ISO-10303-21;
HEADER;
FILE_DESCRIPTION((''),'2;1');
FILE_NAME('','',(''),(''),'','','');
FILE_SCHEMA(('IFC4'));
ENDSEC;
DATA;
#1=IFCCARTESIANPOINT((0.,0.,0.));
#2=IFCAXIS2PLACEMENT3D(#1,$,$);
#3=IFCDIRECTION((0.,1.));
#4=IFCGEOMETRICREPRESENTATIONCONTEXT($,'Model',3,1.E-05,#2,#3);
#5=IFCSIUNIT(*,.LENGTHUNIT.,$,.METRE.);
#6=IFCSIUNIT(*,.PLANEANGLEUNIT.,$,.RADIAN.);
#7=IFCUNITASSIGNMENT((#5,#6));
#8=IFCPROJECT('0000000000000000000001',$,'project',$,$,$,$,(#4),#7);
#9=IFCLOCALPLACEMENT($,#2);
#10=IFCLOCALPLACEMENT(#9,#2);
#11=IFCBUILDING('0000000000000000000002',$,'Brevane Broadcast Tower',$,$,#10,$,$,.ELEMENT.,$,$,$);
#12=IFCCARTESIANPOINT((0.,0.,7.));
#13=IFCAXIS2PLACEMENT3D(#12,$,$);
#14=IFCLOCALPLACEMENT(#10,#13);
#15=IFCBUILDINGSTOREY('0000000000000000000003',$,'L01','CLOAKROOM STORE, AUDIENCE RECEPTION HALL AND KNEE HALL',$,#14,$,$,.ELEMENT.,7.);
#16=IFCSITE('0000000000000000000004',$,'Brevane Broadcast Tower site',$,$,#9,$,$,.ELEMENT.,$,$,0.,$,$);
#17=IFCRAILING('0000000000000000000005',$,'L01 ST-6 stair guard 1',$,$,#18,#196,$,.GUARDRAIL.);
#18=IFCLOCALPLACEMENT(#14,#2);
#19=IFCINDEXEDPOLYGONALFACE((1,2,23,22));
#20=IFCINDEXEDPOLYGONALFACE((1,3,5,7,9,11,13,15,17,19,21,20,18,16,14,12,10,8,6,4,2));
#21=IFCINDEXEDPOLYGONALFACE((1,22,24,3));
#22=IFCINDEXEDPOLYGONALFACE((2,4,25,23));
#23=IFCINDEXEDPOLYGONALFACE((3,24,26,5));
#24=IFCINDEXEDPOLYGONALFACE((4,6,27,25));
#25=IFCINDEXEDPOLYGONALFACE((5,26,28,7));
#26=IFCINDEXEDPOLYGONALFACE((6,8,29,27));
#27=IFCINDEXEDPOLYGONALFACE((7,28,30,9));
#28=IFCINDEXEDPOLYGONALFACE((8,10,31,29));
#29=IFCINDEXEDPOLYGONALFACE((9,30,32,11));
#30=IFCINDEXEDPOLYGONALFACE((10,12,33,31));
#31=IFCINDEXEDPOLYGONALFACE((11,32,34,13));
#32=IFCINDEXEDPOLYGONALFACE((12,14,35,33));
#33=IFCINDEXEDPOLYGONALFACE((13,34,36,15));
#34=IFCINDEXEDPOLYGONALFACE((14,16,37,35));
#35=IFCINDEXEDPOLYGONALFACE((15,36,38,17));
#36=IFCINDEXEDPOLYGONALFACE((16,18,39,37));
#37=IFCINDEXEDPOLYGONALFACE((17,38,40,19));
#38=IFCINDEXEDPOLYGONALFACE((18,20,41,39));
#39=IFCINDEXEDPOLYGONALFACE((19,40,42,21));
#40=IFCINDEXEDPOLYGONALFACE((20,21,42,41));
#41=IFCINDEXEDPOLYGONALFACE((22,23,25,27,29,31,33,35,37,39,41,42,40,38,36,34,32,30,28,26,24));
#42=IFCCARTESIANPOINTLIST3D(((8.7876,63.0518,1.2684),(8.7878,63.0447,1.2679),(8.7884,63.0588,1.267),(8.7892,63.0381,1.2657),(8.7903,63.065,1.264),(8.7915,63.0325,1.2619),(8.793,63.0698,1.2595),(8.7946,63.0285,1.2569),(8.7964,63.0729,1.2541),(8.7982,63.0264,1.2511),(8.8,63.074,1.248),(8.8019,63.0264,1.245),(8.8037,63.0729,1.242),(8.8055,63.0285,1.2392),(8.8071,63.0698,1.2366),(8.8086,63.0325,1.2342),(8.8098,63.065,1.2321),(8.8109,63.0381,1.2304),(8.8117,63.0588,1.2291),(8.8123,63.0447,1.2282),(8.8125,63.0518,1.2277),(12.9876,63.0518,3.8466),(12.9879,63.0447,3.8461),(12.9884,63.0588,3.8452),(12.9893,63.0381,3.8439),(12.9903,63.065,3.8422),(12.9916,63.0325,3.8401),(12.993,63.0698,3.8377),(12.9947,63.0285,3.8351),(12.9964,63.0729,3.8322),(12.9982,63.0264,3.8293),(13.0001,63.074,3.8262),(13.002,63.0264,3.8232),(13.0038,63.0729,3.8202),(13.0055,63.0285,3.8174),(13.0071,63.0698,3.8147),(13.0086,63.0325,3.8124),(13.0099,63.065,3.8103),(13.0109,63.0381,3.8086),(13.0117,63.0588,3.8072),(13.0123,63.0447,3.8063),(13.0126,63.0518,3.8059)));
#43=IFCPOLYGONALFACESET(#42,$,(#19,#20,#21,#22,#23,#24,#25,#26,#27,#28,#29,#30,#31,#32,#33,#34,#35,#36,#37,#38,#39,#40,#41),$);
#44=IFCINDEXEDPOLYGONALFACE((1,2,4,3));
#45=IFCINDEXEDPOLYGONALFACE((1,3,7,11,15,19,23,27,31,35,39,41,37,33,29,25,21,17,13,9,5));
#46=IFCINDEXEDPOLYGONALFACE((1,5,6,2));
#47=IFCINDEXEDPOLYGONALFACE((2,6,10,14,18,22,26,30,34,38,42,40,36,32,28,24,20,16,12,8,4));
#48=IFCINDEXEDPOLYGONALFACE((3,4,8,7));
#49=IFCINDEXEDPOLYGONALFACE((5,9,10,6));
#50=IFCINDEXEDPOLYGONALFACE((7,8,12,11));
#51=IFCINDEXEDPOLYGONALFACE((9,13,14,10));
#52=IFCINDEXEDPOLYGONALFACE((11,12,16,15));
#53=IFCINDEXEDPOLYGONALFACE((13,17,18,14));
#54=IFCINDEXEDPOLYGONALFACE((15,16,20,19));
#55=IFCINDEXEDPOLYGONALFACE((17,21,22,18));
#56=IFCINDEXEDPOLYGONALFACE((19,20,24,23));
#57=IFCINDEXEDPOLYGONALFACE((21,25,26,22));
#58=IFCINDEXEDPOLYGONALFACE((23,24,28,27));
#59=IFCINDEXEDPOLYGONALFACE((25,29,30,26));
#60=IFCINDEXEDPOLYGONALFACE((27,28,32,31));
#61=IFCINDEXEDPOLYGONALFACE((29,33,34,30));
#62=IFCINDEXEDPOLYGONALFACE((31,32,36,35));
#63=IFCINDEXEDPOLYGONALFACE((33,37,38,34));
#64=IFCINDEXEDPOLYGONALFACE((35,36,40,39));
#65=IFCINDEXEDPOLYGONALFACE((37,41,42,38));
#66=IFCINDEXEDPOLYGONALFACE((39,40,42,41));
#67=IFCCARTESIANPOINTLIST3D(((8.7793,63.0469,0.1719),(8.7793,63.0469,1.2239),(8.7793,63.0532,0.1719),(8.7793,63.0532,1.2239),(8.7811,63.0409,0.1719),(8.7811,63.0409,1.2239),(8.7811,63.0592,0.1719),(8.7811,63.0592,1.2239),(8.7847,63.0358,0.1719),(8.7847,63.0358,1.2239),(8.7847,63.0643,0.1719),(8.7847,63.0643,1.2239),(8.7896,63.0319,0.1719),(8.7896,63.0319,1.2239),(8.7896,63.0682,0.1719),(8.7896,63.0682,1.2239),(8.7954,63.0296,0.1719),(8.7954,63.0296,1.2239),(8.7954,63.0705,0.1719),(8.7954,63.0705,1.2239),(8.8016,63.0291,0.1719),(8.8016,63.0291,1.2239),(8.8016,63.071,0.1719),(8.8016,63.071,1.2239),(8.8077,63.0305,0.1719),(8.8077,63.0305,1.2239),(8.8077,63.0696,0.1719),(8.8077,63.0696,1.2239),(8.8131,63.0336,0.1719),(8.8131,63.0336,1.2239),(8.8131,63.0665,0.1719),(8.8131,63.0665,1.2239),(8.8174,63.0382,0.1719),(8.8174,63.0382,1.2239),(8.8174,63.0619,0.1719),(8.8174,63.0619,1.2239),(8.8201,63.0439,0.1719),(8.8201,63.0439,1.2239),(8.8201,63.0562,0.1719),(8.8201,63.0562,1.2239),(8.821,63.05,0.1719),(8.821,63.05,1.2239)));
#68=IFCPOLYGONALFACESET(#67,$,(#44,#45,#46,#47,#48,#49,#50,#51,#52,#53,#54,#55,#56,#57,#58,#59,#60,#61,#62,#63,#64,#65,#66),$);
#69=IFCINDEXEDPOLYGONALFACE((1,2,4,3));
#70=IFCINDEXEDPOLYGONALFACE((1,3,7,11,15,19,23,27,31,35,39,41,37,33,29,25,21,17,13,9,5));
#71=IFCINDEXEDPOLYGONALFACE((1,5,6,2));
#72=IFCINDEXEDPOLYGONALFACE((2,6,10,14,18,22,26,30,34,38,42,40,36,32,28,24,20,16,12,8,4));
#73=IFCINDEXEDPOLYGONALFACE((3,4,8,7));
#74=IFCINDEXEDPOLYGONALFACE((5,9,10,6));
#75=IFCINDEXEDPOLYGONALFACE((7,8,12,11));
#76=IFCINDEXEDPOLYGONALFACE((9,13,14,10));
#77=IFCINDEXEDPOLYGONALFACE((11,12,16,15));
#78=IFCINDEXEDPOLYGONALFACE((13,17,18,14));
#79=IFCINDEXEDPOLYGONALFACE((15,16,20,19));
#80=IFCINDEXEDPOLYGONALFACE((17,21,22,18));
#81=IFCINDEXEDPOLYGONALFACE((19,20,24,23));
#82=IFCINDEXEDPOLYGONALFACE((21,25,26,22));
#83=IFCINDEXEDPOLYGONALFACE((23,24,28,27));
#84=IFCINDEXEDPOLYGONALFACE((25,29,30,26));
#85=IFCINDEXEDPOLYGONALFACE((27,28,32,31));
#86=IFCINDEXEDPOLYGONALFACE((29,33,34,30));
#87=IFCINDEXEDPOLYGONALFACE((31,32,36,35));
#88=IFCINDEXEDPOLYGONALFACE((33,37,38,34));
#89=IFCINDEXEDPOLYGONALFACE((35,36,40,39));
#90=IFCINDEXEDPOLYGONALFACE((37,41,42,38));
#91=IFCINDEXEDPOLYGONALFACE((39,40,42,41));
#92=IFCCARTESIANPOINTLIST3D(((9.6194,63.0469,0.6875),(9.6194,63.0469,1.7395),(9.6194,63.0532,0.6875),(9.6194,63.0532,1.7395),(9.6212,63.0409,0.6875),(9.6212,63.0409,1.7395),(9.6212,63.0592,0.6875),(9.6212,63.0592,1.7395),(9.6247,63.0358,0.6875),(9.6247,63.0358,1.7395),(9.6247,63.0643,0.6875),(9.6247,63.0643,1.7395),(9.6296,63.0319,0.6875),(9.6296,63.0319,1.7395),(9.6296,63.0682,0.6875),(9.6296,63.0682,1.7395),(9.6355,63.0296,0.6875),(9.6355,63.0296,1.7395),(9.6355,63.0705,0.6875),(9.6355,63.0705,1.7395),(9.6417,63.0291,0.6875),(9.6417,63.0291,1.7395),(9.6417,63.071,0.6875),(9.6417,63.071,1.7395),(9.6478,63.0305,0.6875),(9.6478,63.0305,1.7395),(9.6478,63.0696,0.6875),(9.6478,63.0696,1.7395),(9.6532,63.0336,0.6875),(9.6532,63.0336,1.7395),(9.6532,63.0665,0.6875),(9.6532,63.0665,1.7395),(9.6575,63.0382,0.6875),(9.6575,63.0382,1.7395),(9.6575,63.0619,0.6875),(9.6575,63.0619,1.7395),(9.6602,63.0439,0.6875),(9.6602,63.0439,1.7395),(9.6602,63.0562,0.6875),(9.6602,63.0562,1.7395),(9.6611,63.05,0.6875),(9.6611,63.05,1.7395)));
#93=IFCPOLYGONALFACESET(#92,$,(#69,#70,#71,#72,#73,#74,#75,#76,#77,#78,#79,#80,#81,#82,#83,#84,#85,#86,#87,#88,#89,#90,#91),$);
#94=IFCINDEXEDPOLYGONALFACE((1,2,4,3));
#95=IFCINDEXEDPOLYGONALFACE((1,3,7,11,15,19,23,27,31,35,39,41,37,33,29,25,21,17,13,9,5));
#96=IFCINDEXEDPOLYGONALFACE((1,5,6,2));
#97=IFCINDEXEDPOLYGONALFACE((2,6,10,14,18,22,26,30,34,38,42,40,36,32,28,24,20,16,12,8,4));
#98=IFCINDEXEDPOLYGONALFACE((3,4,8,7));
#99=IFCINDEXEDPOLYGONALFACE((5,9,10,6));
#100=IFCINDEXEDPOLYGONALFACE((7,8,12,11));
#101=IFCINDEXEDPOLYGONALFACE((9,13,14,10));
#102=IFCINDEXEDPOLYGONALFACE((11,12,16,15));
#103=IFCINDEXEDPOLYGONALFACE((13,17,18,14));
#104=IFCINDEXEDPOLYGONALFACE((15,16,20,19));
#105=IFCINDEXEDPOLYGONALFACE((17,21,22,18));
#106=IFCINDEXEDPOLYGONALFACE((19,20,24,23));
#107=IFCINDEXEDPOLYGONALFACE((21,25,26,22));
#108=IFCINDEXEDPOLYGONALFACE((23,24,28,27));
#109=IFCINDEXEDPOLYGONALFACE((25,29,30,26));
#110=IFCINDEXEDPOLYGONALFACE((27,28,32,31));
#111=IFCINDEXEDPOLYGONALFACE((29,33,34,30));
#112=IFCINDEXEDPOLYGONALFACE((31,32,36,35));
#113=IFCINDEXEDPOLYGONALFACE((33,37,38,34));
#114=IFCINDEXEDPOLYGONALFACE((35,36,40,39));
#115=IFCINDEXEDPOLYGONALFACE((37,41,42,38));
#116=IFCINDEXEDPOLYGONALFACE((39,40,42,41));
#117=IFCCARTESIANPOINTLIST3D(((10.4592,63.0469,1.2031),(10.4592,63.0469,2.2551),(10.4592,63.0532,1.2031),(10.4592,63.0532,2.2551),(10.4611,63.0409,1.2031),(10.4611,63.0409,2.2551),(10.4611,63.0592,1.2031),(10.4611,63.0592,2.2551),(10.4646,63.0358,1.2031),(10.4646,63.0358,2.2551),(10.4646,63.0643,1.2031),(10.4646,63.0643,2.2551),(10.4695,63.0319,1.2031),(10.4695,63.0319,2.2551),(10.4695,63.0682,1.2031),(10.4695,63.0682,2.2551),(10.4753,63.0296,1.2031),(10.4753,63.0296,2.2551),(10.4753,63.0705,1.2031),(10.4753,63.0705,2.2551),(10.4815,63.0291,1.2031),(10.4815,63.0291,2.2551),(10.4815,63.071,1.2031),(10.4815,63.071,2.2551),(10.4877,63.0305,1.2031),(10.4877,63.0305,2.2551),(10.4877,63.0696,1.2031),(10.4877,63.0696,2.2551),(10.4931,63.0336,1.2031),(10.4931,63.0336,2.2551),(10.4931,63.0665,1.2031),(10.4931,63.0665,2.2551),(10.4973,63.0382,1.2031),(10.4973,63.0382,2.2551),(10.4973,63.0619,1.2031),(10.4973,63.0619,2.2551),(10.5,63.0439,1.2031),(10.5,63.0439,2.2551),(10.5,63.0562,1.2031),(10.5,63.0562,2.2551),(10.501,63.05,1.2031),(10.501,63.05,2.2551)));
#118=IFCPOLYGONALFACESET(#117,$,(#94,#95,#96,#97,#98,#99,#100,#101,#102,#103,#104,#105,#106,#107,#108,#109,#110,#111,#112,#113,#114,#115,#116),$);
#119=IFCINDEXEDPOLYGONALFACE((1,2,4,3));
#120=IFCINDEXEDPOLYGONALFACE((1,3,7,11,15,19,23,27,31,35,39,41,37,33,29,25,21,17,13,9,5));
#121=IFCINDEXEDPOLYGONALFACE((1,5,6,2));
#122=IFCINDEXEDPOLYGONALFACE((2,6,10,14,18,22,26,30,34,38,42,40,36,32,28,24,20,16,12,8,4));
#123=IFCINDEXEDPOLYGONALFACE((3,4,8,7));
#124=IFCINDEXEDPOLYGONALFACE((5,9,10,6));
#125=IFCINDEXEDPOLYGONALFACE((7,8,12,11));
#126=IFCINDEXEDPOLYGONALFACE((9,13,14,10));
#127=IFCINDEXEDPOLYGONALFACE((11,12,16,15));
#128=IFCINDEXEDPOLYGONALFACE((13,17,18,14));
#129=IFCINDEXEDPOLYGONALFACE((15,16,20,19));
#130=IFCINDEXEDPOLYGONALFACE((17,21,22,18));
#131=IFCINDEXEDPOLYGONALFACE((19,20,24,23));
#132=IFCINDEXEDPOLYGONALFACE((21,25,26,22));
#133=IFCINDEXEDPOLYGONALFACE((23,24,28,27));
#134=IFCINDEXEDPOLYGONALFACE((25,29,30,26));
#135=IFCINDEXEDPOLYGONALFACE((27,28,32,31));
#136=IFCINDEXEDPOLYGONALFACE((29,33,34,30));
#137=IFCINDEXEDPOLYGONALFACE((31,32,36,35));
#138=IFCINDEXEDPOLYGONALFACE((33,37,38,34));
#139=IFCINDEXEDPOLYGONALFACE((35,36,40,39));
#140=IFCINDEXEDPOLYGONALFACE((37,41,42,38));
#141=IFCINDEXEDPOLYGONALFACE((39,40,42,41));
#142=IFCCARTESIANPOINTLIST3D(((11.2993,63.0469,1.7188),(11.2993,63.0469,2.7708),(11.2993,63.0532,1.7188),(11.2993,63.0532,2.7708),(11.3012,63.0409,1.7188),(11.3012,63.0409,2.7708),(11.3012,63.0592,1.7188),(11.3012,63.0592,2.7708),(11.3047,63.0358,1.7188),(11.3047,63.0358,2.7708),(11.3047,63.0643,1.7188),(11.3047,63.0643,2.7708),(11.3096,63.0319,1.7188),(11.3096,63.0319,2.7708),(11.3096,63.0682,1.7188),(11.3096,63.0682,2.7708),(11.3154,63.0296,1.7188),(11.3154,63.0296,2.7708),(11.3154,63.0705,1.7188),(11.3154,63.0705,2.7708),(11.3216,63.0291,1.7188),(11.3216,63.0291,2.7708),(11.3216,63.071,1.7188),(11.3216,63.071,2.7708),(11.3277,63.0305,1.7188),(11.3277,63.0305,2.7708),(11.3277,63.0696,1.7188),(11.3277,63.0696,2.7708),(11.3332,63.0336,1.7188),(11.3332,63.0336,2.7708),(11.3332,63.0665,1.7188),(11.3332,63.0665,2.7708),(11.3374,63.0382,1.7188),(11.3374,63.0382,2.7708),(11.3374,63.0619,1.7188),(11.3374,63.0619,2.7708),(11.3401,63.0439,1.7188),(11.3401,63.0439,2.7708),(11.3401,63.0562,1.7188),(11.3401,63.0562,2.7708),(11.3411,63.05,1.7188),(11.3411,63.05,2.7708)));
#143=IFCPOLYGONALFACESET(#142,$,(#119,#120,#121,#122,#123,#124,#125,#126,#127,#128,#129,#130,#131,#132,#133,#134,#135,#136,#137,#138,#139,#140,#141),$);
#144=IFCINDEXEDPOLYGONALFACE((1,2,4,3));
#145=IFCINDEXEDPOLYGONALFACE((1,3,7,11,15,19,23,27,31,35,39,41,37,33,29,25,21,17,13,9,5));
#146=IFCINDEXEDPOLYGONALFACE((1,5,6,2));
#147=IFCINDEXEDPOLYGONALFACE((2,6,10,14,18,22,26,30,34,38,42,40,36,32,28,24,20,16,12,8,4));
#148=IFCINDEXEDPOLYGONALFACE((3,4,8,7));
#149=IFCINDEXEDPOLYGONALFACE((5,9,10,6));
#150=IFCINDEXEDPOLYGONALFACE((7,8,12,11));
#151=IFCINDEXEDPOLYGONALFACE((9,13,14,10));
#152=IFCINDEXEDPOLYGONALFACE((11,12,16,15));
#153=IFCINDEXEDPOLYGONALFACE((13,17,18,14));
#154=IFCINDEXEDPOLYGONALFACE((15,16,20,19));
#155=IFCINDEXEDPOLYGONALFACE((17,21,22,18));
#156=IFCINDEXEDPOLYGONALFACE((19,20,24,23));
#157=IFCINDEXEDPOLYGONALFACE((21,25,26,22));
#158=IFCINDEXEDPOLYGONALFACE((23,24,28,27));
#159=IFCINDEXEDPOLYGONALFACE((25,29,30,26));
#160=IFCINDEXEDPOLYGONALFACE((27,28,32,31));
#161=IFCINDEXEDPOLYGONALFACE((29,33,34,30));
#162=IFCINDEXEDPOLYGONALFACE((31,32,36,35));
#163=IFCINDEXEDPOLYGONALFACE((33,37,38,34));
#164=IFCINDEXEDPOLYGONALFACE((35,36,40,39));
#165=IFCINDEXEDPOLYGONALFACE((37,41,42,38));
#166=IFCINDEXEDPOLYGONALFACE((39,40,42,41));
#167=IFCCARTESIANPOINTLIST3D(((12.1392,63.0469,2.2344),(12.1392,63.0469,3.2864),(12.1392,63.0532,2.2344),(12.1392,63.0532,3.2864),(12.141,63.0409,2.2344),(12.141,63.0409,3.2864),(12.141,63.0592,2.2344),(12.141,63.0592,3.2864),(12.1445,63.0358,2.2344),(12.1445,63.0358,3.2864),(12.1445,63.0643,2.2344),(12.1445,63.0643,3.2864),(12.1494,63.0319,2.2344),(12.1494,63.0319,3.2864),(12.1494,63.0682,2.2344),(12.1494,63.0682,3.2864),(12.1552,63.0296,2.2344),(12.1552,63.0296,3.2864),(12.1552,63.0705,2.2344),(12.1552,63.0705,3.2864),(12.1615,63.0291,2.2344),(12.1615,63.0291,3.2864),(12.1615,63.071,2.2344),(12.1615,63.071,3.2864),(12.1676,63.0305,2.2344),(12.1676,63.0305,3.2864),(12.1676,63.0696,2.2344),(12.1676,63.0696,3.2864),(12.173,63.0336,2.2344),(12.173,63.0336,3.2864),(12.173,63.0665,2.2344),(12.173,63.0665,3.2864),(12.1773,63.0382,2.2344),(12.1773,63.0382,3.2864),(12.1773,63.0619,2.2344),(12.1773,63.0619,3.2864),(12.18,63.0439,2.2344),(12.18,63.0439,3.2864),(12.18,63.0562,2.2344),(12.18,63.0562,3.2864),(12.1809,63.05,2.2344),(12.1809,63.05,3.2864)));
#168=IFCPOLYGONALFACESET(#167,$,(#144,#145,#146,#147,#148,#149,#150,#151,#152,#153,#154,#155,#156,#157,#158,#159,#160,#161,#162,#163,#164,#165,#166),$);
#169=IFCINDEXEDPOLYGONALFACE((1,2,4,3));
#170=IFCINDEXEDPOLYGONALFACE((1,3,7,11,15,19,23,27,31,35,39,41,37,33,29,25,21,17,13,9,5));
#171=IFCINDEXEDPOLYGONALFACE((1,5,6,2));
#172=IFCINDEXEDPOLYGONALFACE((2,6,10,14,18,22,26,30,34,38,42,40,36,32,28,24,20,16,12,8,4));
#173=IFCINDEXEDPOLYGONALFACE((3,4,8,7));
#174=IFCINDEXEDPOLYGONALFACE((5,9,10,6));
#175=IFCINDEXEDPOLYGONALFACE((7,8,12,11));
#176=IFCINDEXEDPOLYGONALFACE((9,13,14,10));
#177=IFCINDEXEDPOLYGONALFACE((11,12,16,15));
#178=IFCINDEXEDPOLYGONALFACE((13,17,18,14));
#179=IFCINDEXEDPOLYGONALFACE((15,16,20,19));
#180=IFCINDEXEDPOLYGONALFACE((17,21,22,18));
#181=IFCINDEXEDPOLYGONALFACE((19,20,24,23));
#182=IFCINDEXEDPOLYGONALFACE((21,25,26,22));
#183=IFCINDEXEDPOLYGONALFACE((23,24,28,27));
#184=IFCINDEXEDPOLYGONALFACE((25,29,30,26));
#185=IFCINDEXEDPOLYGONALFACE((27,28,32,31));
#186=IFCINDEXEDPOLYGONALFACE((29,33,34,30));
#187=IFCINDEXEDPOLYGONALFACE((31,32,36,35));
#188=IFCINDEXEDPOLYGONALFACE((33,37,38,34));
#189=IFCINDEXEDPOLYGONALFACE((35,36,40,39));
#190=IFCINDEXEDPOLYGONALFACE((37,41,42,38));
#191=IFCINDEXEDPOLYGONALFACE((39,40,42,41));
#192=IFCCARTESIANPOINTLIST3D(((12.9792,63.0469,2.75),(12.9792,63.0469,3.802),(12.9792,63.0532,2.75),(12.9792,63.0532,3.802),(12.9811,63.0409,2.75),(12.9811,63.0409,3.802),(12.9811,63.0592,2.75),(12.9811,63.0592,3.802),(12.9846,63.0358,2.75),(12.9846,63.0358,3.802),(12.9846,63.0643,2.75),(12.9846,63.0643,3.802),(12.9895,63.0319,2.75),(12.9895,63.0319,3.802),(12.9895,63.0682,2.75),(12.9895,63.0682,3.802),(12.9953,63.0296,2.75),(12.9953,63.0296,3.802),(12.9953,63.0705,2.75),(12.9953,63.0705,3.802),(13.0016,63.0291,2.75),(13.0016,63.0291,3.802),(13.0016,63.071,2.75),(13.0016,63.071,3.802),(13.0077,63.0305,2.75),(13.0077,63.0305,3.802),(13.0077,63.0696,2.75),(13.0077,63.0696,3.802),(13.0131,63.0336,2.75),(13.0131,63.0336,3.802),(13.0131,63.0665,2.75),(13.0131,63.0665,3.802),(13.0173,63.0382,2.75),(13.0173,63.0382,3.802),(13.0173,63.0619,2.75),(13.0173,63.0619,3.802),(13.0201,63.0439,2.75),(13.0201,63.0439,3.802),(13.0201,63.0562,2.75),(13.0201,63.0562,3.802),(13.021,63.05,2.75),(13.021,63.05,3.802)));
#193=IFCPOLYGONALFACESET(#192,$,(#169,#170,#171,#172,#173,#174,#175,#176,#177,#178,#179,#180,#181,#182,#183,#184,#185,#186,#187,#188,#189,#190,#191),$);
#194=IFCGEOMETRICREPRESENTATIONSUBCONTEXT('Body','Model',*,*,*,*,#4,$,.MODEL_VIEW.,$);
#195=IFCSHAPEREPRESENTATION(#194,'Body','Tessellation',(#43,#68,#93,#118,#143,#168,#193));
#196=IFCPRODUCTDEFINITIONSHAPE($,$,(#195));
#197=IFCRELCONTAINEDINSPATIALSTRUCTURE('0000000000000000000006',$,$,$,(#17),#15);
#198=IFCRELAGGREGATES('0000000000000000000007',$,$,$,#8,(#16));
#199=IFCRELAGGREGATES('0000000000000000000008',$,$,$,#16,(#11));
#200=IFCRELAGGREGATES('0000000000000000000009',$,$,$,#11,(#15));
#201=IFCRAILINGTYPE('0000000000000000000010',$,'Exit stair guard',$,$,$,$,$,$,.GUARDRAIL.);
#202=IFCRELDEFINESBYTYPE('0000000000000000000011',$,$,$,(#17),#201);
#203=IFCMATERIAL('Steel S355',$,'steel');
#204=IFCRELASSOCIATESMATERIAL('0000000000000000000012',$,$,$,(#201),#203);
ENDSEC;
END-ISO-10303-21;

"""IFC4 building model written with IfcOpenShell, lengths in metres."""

from ifc_helpers import new_model, si_unit, direction, frame, origin, origin_2d, place, context, subcontext, project, spatial, circle, extrude, material, type_object, element, save


model = new_model("IFC4")

# Units and contexts
model_context = context("Model", 3, precision=1e-05, world=origin(), true_north=direction((0.0, 1.0)))
body_context = subcontext(model_context, "Body", "Model", "MODEL_VIEW")
ifc_project = project(units=[si_unit("LENGTHUNIT", "METRE"), si_unit("PLANEANGLEUNIT", "RADIAN")], contexts=[model_context])

# Site, building, storey
site_placement = place(None, origin())
site = spatial("IfcSite", under=ifc_project, at=site_placement, Name="Brevane Broadcast Tower site", CompositionType="ELEMENT", RefElevation=0.0)
building_placement = place(site_placement, origin())
building = spatial("IfcBuilding", under=site, at=building_placement, Name="Brevane Broadcast Tower", CompositionType="ELEMENT")
storey_placement = place(building_placement, frame((0.0, 0.0, 7.0)))
storey = spatial("IfcBuildingStorey", under=building, at=storey_placement, Name="L01", Description="CLOAKROOM STORE, AUDIENCE RECEPTION HALL AND KNEE HALL", CompositionType="ELEMENT", Elevation=7.0)

# Railing
ifc_material_1 = material(Name="Steel S355", Category="steel")
railing_type_1 = type_object("IfcRailingType", Name="Exit stair guard", PredefinedType="GUARDRAIL", material=ifc_material_1)
railing_1_placement = place(storey_placement, frame((8.8, 63.05, 0.1719)))
element("IfcRailing", 1, at=railing_1_placement, inside=storey, type_object=railing_type_1, Name="L01 ST-6 stair guard 1", PredefinedType="GUARDRAIL", context=body_context, shape_type="SweptSolid", body=[
    extrude(circle(Radius=0.0239, at=origin_2d()), frame((0.0, 0.0, 1.0762), z_axis=(0.852243, 0.0, 0.523146), x_axis=(0.0, 1.0, 0.0)), (0.0, 0.0, 1.0), 4.9282),
    extrude(circle(Radius=0.021, at=origin_2d()), origin(), (0.0, 0.0, 1.0), 1.052),
    extrude(circle(Radius=0.021, at=origin_2d()), frame((0.8401, 0.0, 0.5156)), (0.0, 0.0, 1.0), 1.052),
    extrude(circle(Radius=0.021, at=origin_2d()), frame((1.6799, 0.0, 1.0312)), (0.0, 0.0, 1.0), 1.052),
    extrude(circle(Radius=0.021, at=origin_2d()), frame((2.52, 0.0, 1.5469)), (0.0, 0.0, 1.0), 1.052),
    extrude(circle(Radius=0.021, at=origin_2d()), frame((3.3599, 0.0, 2.0625)), (0.0, 0.0, 1.0), 1.052),
    extrude(circle(Radius=0.021, at=origin_2d()), frame((4.2, 0.0, 2.5781)), (0.0, 0.0, 1.0), 1.052),
])

save(model, "model.ifc")
